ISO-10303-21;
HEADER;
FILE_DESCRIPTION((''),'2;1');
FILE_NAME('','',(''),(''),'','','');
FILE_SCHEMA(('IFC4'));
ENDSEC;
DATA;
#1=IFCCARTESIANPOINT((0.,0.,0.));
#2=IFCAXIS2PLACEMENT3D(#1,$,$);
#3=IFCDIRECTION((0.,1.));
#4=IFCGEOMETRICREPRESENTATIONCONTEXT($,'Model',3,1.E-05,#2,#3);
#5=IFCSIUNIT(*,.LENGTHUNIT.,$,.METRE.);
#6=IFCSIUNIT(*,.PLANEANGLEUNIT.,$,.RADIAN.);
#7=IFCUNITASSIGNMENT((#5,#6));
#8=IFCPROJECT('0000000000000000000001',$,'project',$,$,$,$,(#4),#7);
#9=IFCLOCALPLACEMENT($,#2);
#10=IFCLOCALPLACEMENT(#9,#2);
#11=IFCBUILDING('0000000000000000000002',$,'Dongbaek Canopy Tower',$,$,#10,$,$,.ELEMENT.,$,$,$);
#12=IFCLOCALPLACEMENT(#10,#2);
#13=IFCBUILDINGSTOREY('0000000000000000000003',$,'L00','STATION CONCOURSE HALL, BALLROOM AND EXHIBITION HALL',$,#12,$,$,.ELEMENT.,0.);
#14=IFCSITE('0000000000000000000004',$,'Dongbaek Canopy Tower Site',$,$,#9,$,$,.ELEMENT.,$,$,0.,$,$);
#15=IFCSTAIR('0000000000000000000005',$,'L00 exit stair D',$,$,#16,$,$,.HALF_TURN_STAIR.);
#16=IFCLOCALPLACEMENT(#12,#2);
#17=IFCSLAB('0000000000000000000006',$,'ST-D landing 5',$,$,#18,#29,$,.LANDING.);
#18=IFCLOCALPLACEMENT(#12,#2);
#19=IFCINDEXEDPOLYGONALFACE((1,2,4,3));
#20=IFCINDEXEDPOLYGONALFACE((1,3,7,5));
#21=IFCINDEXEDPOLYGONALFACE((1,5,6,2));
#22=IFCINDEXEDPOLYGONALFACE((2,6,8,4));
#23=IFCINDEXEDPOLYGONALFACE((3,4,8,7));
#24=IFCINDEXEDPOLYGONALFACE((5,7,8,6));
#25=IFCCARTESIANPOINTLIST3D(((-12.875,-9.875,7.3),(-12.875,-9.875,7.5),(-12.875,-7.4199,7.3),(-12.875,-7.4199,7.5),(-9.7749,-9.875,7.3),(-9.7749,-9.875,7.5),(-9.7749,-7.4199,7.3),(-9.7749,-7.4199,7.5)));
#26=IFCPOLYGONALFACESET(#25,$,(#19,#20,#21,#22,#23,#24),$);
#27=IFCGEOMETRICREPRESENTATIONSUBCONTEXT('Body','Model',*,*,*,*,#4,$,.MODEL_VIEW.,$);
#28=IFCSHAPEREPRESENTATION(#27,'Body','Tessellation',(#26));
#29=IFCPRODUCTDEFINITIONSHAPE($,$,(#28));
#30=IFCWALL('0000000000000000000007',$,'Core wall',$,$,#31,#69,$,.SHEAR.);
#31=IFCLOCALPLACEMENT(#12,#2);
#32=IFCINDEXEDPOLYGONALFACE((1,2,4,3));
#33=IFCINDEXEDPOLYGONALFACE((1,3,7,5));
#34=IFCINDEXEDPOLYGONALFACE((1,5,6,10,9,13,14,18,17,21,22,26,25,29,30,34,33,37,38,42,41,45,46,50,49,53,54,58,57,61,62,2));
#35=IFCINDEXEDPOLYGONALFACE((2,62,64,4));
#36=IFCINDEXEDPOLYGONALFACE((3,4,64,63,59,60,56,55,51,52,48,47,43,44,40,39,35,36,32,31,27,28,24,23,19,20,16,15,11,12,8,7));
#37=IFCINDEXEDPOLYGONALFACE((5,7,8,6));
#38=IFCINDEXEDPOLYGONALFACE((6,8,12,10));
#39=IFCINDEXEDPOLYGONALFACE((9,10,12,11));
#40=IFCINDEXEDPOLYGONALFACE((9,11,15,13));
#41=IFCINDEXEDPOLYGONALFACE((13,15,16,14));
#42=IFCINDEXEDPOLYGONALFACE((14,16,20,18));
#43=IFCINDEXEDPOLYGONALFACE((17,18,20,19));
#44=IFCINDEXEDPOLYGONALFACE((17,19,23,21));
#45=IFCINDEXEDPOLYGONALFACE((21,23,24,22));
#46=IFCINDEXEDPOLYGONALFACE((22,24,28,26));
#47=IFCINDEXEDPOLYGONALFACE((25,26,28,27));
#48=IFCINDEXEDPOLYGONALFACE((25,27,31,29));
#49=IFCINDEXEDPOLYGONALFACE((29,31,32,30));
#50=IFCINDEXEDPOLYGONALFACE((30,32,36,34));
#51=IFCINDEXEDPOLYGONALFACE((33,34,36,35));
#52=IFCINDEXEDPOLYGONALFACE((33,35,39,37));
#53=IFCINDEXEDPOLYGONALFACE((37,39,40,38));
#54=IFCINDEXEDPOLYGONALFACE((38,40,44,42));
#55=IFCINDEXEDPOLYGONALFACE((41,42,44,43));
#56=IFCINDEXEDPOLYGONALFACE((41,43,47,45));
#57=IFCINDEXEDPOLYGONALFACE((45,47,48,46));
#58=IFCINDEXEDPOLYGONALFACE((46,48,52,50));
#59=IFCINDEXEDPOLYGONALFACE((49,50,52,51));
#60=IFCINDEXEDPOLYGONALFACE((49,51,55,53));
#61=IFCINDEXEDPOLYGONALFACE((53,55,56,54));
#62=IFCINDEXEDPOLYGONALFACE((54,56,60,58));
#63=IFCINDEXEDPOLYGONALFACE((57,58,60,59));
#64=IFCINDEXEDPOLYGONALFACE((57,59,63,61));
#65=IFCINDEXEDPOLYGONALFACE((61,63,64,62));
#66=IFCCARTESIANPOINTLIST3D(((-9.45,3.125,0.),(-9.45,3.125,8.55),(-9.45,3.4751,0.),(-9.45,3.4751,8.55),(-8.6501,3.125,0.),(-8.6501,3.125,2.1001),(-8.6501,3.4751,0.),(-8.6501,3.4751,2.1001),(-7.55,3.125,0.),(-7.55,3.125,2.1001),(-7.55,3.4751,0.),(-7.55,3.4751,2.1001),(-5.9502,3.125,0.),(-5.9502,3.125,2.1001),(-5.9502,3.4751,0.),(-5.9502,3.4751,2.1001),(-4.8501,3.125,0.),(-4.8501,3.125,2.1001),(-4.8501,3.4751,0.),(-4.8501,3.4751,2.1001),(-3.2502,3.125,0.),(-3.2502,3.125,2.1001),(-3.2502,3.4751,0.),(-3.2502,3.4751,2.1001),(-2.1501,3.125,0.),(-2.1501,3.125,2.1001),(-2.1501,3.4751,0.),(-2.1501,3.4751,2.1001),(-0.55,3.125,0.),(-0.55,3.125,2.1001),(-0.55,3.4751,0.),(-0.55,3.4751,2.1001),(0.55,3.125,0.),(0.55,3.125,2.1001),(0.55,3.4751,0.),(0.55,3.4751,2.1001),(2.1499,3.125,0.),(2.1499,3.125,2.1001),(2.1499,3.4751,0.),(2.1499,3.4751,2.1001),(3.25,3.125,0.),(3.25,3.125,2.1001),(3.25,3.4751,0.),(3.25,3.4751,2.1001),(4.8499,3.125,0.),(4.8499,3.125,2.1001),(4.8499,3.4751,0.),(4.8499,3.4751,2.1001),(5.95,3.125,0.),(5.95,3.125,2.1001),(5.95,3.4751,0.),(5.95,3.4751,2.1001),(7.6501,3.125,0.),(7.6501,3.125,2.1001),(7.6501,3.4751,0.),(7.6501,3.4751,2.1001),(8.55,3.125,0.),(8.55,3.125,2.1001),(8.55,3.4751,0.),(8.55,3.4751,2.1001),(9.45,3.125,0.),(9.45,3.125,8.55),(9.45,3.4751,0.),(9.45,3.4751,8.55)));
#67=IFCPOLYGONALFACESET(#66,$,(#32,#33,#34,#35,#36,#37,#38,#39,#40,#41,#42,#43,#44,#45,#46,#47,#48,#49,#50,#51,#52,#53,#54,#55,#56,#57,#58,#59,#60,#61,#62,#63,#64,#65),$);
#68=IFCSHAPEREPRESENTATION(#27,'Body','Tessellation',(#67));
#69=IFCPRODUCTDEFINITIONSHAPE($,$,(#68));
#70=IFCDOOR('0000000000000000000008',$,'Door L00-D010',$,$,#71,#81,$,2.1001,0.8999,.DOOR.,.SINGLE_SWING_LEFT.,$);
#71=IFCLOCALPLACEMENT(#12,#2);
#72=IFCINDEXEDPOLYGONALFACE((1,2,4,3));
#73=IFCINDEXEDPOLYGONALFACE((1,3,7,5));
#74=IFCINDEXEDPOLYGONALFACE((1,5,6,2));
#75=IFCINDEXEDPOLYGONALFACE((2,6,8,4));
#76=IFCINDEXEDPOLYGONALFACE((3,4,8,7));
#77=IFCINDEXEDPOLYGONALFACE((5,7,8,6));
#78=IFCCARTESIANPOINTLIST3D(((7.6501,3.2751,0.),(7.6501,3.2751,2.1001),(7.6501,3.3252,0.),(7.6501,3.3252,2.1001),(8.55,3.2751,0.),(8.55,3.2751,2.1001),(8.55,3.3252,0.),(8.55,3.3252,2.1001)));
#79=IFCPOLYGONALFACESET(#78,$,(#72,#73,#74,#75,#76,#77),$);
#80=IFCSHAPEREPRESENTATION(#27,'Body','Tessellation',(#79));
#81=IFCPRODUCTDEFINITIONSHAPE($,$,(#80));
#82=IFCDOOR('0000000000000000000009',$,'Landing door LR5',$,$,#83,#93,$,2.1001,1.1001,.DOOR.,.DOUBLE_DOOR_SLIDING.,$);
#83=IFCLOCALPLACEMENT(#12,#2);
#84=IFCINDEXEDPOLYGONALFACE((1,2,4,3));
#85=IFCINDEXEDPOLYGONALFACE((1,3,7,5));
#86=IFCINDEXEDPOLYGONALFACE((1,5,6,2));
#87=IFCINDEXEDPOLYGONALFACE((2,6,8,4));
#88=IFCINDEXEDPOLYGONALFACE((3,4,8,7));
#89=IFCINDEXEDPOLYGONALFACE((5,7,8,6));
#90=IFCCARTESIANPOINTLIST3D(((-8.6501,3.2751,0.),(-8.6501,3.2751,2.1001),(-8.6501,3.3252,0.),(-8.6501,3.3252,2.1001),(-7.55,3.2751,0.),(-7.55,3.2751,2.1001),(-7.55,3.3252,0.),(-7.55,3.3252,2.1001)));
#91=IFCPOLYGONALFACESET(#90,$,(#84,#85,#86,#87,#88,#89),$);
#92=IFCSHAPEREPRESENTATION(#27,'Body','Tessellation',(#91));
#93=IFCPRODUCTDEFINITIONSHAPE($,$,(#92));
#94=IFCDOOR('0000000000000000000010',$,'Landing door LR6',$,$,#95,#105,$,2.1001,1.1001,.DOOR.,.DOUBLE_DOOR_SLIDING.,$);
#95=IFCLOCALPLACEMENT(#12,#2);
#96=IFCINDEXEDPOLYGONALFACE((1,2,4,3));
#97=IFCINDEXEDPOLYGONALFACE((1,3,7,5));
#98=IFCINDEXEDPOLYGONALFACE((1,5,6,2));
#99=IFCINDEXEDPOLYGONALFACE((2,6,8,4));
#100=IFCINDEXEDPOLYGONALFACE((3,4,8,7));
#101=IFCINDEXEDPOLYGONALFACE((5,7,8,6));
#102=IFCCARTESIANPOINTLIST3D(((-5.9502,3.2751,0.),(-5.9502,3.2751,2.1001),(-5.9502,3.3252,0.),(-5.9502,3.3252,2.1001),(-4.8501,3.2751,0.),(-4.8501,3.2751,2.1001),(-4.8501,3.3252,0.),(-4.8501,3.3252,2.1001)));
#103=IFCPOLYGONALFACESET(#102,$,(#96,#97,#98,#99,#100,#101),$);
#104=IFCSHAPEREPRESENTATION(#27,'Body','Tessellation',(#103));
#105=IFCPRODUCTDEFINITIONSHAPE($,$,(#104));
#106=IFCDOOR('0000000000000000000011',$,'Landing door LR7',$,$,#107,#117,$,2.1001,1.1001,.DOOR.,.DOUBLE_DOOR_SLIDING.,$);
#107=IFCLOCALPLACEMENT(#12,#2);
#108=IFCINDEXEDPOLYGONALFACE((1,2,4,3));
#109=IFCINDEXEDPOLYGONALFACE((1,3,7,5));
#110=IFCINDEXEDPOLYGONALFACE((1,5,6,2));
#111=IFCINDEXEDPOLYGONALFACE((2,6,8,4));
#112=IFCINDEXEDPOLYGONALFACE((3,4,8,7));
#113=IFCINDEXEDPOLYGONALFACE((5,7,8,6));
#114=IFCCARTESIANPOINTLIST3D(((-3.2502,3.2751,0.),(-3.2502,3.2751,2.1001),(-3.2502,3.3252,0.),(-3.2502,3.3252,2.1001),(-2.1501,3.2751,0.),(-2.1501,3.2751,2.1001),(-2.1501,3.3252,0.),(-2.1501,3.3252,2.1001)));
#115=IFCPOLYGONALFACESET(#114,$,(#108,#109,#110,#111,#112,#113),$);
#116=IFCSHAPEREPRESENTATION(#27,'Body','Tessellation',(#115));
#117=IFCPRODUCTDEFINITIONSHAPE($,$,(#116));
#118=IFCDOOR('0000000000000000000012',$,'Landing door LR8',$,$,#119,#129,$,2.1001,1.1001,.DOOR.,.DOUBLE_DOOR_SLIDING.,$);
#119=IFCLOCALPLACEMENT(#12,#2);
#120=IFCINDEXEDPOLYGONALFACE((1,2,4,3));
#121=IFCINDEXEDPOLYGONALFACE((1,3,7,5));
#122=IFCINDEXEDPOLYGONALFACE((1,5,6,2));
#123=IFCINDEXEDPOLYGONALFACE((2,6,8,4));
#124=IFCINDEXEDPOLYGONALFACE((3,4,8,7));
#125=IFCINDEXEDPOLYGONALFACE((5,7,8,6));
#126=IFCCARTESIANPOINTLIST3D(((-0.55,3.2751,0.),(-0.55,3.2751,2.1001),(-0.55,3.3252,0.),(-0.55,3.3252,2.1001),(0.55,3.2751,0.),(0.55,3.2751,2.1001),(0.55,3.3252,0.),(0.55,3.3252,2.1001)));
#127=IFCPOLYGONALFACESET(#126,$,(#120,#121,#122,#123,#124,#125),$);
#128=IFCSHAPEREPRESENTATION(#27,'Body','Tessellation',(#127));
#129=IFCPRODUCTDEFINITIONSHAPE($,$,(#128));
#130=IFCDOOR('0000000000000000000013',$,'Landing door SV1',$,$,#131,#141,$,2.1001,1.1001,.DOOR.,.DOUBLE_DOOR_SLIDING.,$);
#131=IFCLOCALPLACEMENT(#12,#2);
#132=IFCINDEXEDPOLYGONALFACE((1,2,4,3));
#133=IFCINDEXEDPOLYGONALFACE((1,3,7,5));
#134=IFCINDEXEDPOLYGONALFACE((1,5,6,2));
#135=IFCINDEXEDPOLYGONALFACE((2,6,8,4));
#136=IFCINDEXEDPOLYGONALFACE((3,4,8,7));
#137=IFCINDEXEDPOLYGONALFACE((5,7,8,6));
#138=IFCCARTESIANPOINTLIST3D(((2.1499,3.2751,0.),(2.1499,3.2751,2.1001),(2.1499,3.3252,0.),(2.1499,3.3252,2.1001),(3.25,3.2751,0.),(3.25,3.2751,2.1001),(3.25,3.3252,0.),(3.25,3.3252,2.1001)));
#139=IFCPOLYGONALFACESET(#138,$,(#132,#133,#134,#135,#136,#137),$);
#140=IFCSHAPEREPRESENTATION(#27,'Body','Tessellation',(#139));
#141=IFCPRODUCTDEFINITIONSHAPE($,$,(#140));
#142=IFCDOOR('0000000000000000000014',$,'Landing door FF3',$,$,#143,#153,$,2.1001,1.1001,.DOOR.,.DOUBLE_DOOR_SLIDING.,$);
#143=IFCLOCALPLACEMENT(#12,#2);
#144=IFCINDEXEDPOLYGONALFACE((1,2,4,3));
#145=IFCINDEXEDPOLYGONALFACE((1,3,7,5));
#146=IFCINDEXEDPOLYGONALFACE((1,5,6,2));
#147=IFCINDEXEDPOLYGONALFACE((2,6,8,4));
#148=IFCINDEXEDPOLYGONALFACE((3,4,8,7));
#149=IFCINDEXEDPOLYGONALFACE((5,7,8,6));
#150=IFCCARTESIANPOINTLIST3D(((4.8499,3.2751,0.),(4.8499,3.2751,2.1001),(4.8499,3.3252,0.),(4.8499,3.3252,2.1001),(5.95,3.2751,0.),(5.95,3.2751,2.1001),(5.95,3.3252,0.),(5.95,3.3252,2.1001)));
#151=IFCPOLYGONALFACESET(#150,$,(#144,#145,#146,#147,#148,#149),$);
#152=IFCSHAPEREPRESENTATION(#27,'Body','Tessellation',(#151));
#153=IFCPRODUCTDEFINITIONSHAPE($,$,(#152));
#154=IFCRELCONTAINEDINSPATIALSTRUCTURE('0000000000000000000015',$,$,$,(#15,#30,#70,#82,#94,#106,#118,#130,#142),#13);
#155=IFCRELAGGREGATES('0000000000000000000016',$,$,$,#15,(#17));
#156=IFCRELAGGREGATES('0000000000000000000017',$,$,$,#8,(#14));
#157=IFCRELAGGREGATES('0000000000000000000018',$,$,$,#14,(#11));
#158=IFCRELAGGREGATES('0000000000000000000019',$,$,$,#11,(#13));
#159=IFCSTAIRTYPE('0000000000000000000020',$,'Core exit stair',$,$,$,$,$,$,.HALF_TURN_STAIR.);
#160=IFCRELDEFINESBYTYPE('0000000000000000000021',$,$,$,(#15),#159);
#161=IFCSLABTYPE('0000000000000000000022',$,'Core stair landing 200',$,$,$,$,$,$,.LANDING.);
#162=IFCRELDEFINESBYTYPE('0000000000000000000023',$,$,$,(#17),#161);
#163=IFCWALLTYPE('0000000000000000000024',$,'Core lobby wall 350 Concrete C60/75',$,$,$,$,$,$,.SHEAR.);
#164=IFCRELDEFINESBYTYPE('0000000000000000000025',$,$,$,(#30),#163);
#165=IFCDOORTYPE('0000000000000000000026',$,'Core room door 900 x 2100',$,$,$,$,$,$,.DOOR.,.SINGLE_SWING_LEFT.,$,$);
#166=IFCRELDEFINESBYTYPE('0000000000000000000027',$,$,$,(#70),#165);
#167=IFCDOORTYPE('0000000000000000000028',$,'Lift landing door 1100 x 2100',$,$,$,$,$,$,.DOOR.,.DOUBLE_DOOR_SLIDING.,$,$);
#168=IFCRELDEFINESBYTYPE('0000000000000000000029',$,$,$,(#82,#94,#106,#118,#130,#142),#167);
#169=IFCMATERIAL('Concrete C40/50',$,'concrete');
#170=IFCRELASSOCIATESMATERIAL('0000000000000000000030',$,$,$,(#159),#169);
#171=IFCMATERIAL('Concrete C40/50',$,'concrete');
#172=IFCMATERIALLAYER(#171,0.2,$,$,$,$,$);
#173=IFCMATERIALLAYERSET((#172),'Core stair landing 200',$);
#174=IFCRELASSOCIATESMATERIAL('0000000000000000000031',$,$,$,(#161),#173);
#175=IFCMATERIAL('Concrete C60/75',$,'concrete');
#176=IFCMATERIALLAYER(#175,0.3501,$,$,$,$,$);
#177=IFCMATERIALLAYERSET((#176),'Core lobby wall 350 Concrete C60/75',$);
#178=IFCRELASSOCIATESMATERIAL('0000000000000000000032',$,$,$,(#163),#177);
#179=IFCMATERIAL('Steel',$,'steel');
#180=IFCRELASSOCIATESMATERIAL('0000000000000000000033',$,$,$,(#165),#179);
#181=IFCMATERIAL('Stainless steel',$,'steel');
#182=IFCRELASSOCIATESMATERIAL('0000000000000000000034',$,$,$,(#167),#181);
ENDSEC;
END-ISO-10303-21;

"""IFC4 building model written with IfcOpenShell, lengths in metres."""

from ifc_helpers import new_model, si_unit, direction, frame, frame_2d, origin, place, context, subcontext, project, spatial, polyline, rectangle, outline, extrude, material, layer, layer_set, type_object, element, fill, aggregate, save


model = new_model("IFC4")

# Units and contexts
model_context = context("Model", 3, precision=1e-05, world=origin(), true_north=direction((0.0, 1.0)))
body_context = subcontext(model_context, "Body", "Model", "MODEL_VIEW")
ifc_project = project(units=[si_unit("LENGTHUNIT", "METRE"), si_unit("PLANEANGLEUNIT", "RADIAN")], contexts=[model_context])

# Site, building, storey
site_placement = place(None, origin())
site = spatial("IfcSite", under=ifc_project, at=site_placement, Name="Dongbaek Canopy Tower Site", CompositionType="ELEMENT", RefElevation=0.0)
building_placement = place(site_placement, origin())
building = spatial("IfcBuilding", under=site, at=building_placement, Name="Dongbaek Canopy Tower", CompositionType="ELEMENT")
storey_placement = place(building_placement, origin())
storey = spatial("IfcBuildingStorey", under=building, at=storey_placement, Name="L00", Description="STATION CONCOURSE HALL, BALLROOM AND EXHIBITION HALL", CompositionType="ELEMENT", Elevation=0.0)

# Stair, slab
ifc_material_1 = material(Name="Concrete C40/50", Category="concrete")
stair_type = type_object("IfcStairType", Name="Core exit stair", PredefinedType="HALF_TURN_STAIR", material=ifc_material_1)
stair_placement = place(storey_placement, origin())
stair = element("IfcStair", 1, at=stair_placement, inside=storey, type_object=stair_type, Name="L00 exit stair D", PredefinedType="HALF_TURN_STAIR")
ifc_material_2 = material(Name="Concrete C40/50", Category="concrete")
ifc_layer_1 = layer(ifc_material_2, 0.2)
ifc_layer_set_1 = layer_set([ifc_layer_1], Name="Core stair landing 200")
slab_type = type_object("IfcSlabType", Name="Core stair landing 200", PredefinedType="LANDING", material=ifc_layer_set_1)
slab_placement = place(storey_placement, frame((0.0, 0.0, 7.3)))
slab = element("IfcSlab", 2, at=slab_placement, type_object=slab_type, Name="ST-D landing 5", PredefinedType="LANDING", context=body_context, shape_type="SweptSolid", body=[
    extrude(outline(polyline([(-12.875, -7.4199), (-12.875, -9.875), (-9.7749, -9.875), (-9.7749, -7.4199), (-12.875, -7.4199)])), origin(), (0.0, 0.0, 1.0), 0.2),
])
aggregate(stair, [slab])

# Wall, openings, doors
ifc_material_3 = material(Name="Concrete C60/75", Category="concrete")
ifc_layer_2 = layer(ifc_material_3, 0.3501)
ifc_layer_set_2 = layer_set([ifc_layer_2], Name="Core lobby wall 350 Concrete C60/75")
wall_type_1 = type_object("IfcWallType", Name="Core lobby wall 350 Concrete C60/75", PredefinedType="SHEAR", material=ifc_layer_set_2)
wall_1_placement = place(storey_placement, frame((9.45, 3.3, 0.0), z_axis=(0.0, 0.0, 1.0), x_axis=(-1.0, 0.0, 0.0)))
wall_1 = element("IfcWall", 3, at=wall_1_placement, inside=storey, type_object=wall_type_1, Name="Core wall", PredefinedType="SHEAR", context=body_context, shape_type="SweptSolid", body=[
    extrude(rectangle(XDim=18.8999, YDim=0.3501, at=frame_2d((9.45, 0.0))), origin(), (0.0, 0.0, 1.0), 8.55),
])
opening_1_placement = place(wall_1_placement, frame((0.8999, 0.0, 0.0)))
opening_1 = element("IfcOpeningElement", 4, at=opening_1_placement, cuts=wall_1, PredefinedType="OPENING", context=body_context, shape_type="SweptSolid", body=[
    extrude(rectangle(XDim=0.8999, YDim=2.1001, at=frame_2d((0.45, 1.05))), frame((0.0, 0.1851, 0.0), z_axis=(0.0, -1.0, 0.0), x_axis=(1.0, 0.0, 0.0)), (0.0, 0.0, 1.0), 0.3701),
])
opening_2_placement = place(wall_1_placement, frame((17.0, 0.0, 0.0)))
opening_2 = element("IfcOpeningElement", 5, at=opening_2_placement, cuts=wall_1, PredefinedType="OPENING", context=body_context, shape_type="SweptSolid", body=[
    extrude(rectangle(XDim=1.1001, YDim=2.1001, at=frame_2d((0.55, 1.05))), frame((0.0, 0.1851, 0.0), z_axis=(0.0, -1.0, 0.0), x_axis=(1.0, 0.0, 0.0)), (0.0, 0.0, 1.0), 0.3701),
])
opening_3_placement = place(wall_1_placement, frame((14.3, 0.0, 0.0)))
opening_3 = element("IfcOpeningElement", 6, at=opening_3_placement, cuts=wall_1, PredefinedType="OPENING", context=body_context, shape_type="SweptSolid", body=[
    extrude(rectangle(XDim=1.1001, YDim=2.1001, at=frame_2d((0.55, 1.05))), frame((0.0, 0.1851, 0.0), z_axis=(0.0, -1.0, 0.0), x_axis=(1.0, 0.0, 0.0)), (0.0, 0.0, 1.0), 0.3701),
])
opening_4_placement = place(wall_1_placement, frame((11.6001, 0.0, 0.0)))
opening_4 = element("IfcOpeningElement", 7, at=opening_4_placement, cuts=wall_1, PredefinedType="OPENING", context=body_context, shape_type="SweptSolid", body=[
    extrude(rectangle(XDim=1.1001, YDim=2.1001, at=frame_2d((0.55, 1.05))), frame((0.0, 0.1851, 0.0), z_axis=(0.0, -1.0, 0.0), x_axis=(1.0, 0.0, 0.0)), (0.0, 0.0, 1.0), 0.3701),
])
opening_5_placement = place(wall_1_placement, frame((8.8999, 0.0, 0.0)))
opening_5 = element("IfcOpeningElement", 8, at=opening_5_placement, cuts=wall_1, PredefinedType="OPENING", context=body_context, shape_type="SweptSolid", body=[
    extrude(rectangle(XDim=1.1001, YDim=2.1001, at=frame_2d((0.55, 1.05))), frame((0.0, 0.1851, 0.0), z_axis=(0.0, -1.0, 0.0), x_axis=(1.0, 0.0, 0.0)), (0.0, 0.0, 1.0), 0.3701),
])
opening_6_placement = place(wall_1_placement, frame((6.2, 0.0, 0.0)))
opening_6 = element("IfcOpeningElement", 9, at=opening_6_placement, cuts=wall_1, PredefinedType="OPENING", context=body_context, shape_type="SweptSolid", body=[
    extrude(rectangle(XDim=1.1001, YDim=2.1001, at=frame_2d((0.55, 1.05))), frame((0.0, 0.1851, 0.0), z_axis=(0.0, -1.0, 0.0), x_axis=(1.0, 0.0, 0.0)), (0.0, 0.0, 1.0), 0.3701),
])
opening_7_placement = place(wall_1_placement, frame((3.5, 0.0, 0.0)))
opening_7 = element("IfcOpeningElement", 10, at=opening_7_placement, cuts=wall_1, PredefinedType="OPENING", context=body_context, shape_type="SweptSolid", body=[
    extrude(rectangle(XDim=1.1001, YDim=2.1001, at=frame_2d((0.55, 1.05))), frame((0.0, 0.1851, 0.0), z_axis=(0.0, -1.0, 0.0), x_axis=(1.0, 0.0, 0.0)), (0.0, 0.0, 1.0), 0.3701),
])
ifc_material_4 = material(Name="Steel", Category="steel")
door_type_1 = type_object("IfcDoorType", Name="Core room door 900 x 2100", OperationType="SINGLE_SWING_LEFT", PredefinedType="DOOR", material=ifc_material_4)
door_1_placement = place(opening_1_placement, origin())
door_1 = element("IfcDoor", 11, at=door_1_placement, inside=storey, type_object=door_type_1, Name="Door L00-D010", OperationType="SINGLE_SWING_LEFT", OverallHeight=2.1001, OverallWidth=0.8999, PredefinedType="DOOR", context=body_context, shape_type="SweptSolid", body=[
    extrude(rectangle(XDim=0.8999, YDim=2.1001, at=frame_2d((0.45, 1.05))), frame((0.0, 0.0249, 0.0), z_axis=(0.0, -1.0, 0.0), x_axis=(1.0, 0.0, 0.0)), (0.0, 0.0, 1.0), 0.05),
])
fill(opening_1, door_1)
ifc_material_5 = material(Name="Stainless steel", Category="steel")
door_type_2 = type_object("IfcDoorType", Name="Lift landing door 1100 x 2100", OperationType="DOUBLE_DOOR_SLIDING", PredefinedType="DOOR", material=ifc_material_5)
door_2_placement = place(opening_2_placement, origin())
door_2 = element("IfcDoor", 12, at=door_2_placement, inside=storey, type_object=door_type_2, Name="Landing door LR5", OperationType="DOUBLE_DOOR_SLIDING", OverallHeight=2.1001, OverallWidth=1.1001, PredefinedType="DOOR", context=body_context, shape_type="SweptSolid", body=[
    extrude(rectangle(XDim=1.1001, YDim=2.1001, at=frame_2d((0.55, 1.05))), frame((0.0, 0.0249, 0.0), z_axis=(0.0, -1.0, 0.0), x_axis=(1.0, 0.0, 0.0)), (0.0, 0.0, 1.0), 0.05),
])
fill(opening_2, door_2)
door_3_placement = place(opening_3_placement, origin())
door_3 = element("IfcDoor", 13, at=door_3_placement, inside=storey, type_object=door_type_2, Name="Landing door LR6", OperationType="DOUBLE_DOOR_SLIDING", OverallHeight=2.1001, OverallWidth=1.1001, PredefinedType="DOOR", context=body_context, shape_type="SweptSolid", body=[
    extrude(rectangle(XDim=1.1001, YDim=2.1001, at=frame_2d((0.55, 1.05))), frame((0.0, 0.0249, 0.0), z_axis=(0.0, -1.0, 0.0), x_axis=(1.0, 0.0, 0.0)), (0.0, 0.0, 1.0), 0.05),
])
fill(opening_3, door_3)
door_4_placement = place(opening_4_placement, origin())
door_4 = element("IfcDoor", 14, at=door_4_placement, inside=storey, type_object=door_type_2, Name="Landing door LR7", OperationType="DOUBLE_DOOR_SLIDING", OverallHeight=2.1001, OverallWidth=1.1001, PredefinedType="DOOR", context=body_context, shape_type="SweptSolid", body=[
    extrude(rectangle(XDim=1.1001, YDim=2.1001, at=frame_2d((0.55, 1.05))), frame((0.0, 0.0249, 0.0), z_axis=(0.0, -1.0, 0.0), x_axis=(1.0, 0.0, 0.0)), (0.0, 0.0, 1.0), 0.05),
])
fill(opening_4, door_4)
door_5_placement = place(opening_5_placement, origin())
door_5 = element("IfcDoor", 15, at=door_5_placement, inside=storey, type_object=door_type_2, Name="Landing door LR8", OperationType="DOUBLE_DOOR_SLIDING", OverallHeight=2.1001, OverallWidth=1.1001, PredefinedType="DOOR", context=body_context, shape_type="SweptSolid", body=[
    extrude(rectangle(XDim=1.1001, YDim=2.1001, at=frame_2d((0.55, 1.05))), frame((0.0, 0.0249, 0.0), z_axis=(0.0, -1.0, 0.0), x_axis=(1.0, 0.0, 0.0)), (0.0, 0.0, 1.0), 0.05),
])
fill(opening_5, door_5)
door_6_placement = place(opening_6_placement, origin())
door_6 = element("IfcDoor", 16, at=door_6_placement, inside=storey, type_object=door_type_2, Name="Landing door SV1", OperationType="DOUBLE_DOOR_SLIDING", OverallHeight=2.1001, OverallWidth=1.1001, PredefinedType="DOOR", context=body_context, shape_type="SweptSolid", body=[
    extrude(rectangle(XDim=1.1001, YDim=2.1001, at=frame_2d((0.55, 1.05))), frame((0.0, 0.0249, 0.0), z_axis=(0.0, -1.0, 0.0), x_axis=(1.0, 0.0, 0.0)), (0.0, 0.0, 1.0), 0.05),
])
fill(opening_6, door_6)
door_7_placement = place(opening_7_placement, origin())
door_7 = element("IfcDoor", 17, at=door_7_placement, inside=storey, type_object=door_type_2, Name="Landing door FF3", OperationType="DOUBLE_DOOR_SLIDING", OverallHeight=2.1001, OverallWidth=1.1001, PredefinedType="DOOR", context=body_context, shape_type="SweptSolid", body=[
    extrude(rectangle(XDim=1.1001, YDim=2.1001, at=frame_2d((0.55, 1.05))), frame((0.0, 0.0249, 0.0), z_axis=(0.0, -1.0, 0.0), x_axis=(1.0, 0.0, 0.0)), (0.0, 0.0, 1.0), 0.05),
])
fill(opening_7, door_7)

save(model, "model.ifc")
